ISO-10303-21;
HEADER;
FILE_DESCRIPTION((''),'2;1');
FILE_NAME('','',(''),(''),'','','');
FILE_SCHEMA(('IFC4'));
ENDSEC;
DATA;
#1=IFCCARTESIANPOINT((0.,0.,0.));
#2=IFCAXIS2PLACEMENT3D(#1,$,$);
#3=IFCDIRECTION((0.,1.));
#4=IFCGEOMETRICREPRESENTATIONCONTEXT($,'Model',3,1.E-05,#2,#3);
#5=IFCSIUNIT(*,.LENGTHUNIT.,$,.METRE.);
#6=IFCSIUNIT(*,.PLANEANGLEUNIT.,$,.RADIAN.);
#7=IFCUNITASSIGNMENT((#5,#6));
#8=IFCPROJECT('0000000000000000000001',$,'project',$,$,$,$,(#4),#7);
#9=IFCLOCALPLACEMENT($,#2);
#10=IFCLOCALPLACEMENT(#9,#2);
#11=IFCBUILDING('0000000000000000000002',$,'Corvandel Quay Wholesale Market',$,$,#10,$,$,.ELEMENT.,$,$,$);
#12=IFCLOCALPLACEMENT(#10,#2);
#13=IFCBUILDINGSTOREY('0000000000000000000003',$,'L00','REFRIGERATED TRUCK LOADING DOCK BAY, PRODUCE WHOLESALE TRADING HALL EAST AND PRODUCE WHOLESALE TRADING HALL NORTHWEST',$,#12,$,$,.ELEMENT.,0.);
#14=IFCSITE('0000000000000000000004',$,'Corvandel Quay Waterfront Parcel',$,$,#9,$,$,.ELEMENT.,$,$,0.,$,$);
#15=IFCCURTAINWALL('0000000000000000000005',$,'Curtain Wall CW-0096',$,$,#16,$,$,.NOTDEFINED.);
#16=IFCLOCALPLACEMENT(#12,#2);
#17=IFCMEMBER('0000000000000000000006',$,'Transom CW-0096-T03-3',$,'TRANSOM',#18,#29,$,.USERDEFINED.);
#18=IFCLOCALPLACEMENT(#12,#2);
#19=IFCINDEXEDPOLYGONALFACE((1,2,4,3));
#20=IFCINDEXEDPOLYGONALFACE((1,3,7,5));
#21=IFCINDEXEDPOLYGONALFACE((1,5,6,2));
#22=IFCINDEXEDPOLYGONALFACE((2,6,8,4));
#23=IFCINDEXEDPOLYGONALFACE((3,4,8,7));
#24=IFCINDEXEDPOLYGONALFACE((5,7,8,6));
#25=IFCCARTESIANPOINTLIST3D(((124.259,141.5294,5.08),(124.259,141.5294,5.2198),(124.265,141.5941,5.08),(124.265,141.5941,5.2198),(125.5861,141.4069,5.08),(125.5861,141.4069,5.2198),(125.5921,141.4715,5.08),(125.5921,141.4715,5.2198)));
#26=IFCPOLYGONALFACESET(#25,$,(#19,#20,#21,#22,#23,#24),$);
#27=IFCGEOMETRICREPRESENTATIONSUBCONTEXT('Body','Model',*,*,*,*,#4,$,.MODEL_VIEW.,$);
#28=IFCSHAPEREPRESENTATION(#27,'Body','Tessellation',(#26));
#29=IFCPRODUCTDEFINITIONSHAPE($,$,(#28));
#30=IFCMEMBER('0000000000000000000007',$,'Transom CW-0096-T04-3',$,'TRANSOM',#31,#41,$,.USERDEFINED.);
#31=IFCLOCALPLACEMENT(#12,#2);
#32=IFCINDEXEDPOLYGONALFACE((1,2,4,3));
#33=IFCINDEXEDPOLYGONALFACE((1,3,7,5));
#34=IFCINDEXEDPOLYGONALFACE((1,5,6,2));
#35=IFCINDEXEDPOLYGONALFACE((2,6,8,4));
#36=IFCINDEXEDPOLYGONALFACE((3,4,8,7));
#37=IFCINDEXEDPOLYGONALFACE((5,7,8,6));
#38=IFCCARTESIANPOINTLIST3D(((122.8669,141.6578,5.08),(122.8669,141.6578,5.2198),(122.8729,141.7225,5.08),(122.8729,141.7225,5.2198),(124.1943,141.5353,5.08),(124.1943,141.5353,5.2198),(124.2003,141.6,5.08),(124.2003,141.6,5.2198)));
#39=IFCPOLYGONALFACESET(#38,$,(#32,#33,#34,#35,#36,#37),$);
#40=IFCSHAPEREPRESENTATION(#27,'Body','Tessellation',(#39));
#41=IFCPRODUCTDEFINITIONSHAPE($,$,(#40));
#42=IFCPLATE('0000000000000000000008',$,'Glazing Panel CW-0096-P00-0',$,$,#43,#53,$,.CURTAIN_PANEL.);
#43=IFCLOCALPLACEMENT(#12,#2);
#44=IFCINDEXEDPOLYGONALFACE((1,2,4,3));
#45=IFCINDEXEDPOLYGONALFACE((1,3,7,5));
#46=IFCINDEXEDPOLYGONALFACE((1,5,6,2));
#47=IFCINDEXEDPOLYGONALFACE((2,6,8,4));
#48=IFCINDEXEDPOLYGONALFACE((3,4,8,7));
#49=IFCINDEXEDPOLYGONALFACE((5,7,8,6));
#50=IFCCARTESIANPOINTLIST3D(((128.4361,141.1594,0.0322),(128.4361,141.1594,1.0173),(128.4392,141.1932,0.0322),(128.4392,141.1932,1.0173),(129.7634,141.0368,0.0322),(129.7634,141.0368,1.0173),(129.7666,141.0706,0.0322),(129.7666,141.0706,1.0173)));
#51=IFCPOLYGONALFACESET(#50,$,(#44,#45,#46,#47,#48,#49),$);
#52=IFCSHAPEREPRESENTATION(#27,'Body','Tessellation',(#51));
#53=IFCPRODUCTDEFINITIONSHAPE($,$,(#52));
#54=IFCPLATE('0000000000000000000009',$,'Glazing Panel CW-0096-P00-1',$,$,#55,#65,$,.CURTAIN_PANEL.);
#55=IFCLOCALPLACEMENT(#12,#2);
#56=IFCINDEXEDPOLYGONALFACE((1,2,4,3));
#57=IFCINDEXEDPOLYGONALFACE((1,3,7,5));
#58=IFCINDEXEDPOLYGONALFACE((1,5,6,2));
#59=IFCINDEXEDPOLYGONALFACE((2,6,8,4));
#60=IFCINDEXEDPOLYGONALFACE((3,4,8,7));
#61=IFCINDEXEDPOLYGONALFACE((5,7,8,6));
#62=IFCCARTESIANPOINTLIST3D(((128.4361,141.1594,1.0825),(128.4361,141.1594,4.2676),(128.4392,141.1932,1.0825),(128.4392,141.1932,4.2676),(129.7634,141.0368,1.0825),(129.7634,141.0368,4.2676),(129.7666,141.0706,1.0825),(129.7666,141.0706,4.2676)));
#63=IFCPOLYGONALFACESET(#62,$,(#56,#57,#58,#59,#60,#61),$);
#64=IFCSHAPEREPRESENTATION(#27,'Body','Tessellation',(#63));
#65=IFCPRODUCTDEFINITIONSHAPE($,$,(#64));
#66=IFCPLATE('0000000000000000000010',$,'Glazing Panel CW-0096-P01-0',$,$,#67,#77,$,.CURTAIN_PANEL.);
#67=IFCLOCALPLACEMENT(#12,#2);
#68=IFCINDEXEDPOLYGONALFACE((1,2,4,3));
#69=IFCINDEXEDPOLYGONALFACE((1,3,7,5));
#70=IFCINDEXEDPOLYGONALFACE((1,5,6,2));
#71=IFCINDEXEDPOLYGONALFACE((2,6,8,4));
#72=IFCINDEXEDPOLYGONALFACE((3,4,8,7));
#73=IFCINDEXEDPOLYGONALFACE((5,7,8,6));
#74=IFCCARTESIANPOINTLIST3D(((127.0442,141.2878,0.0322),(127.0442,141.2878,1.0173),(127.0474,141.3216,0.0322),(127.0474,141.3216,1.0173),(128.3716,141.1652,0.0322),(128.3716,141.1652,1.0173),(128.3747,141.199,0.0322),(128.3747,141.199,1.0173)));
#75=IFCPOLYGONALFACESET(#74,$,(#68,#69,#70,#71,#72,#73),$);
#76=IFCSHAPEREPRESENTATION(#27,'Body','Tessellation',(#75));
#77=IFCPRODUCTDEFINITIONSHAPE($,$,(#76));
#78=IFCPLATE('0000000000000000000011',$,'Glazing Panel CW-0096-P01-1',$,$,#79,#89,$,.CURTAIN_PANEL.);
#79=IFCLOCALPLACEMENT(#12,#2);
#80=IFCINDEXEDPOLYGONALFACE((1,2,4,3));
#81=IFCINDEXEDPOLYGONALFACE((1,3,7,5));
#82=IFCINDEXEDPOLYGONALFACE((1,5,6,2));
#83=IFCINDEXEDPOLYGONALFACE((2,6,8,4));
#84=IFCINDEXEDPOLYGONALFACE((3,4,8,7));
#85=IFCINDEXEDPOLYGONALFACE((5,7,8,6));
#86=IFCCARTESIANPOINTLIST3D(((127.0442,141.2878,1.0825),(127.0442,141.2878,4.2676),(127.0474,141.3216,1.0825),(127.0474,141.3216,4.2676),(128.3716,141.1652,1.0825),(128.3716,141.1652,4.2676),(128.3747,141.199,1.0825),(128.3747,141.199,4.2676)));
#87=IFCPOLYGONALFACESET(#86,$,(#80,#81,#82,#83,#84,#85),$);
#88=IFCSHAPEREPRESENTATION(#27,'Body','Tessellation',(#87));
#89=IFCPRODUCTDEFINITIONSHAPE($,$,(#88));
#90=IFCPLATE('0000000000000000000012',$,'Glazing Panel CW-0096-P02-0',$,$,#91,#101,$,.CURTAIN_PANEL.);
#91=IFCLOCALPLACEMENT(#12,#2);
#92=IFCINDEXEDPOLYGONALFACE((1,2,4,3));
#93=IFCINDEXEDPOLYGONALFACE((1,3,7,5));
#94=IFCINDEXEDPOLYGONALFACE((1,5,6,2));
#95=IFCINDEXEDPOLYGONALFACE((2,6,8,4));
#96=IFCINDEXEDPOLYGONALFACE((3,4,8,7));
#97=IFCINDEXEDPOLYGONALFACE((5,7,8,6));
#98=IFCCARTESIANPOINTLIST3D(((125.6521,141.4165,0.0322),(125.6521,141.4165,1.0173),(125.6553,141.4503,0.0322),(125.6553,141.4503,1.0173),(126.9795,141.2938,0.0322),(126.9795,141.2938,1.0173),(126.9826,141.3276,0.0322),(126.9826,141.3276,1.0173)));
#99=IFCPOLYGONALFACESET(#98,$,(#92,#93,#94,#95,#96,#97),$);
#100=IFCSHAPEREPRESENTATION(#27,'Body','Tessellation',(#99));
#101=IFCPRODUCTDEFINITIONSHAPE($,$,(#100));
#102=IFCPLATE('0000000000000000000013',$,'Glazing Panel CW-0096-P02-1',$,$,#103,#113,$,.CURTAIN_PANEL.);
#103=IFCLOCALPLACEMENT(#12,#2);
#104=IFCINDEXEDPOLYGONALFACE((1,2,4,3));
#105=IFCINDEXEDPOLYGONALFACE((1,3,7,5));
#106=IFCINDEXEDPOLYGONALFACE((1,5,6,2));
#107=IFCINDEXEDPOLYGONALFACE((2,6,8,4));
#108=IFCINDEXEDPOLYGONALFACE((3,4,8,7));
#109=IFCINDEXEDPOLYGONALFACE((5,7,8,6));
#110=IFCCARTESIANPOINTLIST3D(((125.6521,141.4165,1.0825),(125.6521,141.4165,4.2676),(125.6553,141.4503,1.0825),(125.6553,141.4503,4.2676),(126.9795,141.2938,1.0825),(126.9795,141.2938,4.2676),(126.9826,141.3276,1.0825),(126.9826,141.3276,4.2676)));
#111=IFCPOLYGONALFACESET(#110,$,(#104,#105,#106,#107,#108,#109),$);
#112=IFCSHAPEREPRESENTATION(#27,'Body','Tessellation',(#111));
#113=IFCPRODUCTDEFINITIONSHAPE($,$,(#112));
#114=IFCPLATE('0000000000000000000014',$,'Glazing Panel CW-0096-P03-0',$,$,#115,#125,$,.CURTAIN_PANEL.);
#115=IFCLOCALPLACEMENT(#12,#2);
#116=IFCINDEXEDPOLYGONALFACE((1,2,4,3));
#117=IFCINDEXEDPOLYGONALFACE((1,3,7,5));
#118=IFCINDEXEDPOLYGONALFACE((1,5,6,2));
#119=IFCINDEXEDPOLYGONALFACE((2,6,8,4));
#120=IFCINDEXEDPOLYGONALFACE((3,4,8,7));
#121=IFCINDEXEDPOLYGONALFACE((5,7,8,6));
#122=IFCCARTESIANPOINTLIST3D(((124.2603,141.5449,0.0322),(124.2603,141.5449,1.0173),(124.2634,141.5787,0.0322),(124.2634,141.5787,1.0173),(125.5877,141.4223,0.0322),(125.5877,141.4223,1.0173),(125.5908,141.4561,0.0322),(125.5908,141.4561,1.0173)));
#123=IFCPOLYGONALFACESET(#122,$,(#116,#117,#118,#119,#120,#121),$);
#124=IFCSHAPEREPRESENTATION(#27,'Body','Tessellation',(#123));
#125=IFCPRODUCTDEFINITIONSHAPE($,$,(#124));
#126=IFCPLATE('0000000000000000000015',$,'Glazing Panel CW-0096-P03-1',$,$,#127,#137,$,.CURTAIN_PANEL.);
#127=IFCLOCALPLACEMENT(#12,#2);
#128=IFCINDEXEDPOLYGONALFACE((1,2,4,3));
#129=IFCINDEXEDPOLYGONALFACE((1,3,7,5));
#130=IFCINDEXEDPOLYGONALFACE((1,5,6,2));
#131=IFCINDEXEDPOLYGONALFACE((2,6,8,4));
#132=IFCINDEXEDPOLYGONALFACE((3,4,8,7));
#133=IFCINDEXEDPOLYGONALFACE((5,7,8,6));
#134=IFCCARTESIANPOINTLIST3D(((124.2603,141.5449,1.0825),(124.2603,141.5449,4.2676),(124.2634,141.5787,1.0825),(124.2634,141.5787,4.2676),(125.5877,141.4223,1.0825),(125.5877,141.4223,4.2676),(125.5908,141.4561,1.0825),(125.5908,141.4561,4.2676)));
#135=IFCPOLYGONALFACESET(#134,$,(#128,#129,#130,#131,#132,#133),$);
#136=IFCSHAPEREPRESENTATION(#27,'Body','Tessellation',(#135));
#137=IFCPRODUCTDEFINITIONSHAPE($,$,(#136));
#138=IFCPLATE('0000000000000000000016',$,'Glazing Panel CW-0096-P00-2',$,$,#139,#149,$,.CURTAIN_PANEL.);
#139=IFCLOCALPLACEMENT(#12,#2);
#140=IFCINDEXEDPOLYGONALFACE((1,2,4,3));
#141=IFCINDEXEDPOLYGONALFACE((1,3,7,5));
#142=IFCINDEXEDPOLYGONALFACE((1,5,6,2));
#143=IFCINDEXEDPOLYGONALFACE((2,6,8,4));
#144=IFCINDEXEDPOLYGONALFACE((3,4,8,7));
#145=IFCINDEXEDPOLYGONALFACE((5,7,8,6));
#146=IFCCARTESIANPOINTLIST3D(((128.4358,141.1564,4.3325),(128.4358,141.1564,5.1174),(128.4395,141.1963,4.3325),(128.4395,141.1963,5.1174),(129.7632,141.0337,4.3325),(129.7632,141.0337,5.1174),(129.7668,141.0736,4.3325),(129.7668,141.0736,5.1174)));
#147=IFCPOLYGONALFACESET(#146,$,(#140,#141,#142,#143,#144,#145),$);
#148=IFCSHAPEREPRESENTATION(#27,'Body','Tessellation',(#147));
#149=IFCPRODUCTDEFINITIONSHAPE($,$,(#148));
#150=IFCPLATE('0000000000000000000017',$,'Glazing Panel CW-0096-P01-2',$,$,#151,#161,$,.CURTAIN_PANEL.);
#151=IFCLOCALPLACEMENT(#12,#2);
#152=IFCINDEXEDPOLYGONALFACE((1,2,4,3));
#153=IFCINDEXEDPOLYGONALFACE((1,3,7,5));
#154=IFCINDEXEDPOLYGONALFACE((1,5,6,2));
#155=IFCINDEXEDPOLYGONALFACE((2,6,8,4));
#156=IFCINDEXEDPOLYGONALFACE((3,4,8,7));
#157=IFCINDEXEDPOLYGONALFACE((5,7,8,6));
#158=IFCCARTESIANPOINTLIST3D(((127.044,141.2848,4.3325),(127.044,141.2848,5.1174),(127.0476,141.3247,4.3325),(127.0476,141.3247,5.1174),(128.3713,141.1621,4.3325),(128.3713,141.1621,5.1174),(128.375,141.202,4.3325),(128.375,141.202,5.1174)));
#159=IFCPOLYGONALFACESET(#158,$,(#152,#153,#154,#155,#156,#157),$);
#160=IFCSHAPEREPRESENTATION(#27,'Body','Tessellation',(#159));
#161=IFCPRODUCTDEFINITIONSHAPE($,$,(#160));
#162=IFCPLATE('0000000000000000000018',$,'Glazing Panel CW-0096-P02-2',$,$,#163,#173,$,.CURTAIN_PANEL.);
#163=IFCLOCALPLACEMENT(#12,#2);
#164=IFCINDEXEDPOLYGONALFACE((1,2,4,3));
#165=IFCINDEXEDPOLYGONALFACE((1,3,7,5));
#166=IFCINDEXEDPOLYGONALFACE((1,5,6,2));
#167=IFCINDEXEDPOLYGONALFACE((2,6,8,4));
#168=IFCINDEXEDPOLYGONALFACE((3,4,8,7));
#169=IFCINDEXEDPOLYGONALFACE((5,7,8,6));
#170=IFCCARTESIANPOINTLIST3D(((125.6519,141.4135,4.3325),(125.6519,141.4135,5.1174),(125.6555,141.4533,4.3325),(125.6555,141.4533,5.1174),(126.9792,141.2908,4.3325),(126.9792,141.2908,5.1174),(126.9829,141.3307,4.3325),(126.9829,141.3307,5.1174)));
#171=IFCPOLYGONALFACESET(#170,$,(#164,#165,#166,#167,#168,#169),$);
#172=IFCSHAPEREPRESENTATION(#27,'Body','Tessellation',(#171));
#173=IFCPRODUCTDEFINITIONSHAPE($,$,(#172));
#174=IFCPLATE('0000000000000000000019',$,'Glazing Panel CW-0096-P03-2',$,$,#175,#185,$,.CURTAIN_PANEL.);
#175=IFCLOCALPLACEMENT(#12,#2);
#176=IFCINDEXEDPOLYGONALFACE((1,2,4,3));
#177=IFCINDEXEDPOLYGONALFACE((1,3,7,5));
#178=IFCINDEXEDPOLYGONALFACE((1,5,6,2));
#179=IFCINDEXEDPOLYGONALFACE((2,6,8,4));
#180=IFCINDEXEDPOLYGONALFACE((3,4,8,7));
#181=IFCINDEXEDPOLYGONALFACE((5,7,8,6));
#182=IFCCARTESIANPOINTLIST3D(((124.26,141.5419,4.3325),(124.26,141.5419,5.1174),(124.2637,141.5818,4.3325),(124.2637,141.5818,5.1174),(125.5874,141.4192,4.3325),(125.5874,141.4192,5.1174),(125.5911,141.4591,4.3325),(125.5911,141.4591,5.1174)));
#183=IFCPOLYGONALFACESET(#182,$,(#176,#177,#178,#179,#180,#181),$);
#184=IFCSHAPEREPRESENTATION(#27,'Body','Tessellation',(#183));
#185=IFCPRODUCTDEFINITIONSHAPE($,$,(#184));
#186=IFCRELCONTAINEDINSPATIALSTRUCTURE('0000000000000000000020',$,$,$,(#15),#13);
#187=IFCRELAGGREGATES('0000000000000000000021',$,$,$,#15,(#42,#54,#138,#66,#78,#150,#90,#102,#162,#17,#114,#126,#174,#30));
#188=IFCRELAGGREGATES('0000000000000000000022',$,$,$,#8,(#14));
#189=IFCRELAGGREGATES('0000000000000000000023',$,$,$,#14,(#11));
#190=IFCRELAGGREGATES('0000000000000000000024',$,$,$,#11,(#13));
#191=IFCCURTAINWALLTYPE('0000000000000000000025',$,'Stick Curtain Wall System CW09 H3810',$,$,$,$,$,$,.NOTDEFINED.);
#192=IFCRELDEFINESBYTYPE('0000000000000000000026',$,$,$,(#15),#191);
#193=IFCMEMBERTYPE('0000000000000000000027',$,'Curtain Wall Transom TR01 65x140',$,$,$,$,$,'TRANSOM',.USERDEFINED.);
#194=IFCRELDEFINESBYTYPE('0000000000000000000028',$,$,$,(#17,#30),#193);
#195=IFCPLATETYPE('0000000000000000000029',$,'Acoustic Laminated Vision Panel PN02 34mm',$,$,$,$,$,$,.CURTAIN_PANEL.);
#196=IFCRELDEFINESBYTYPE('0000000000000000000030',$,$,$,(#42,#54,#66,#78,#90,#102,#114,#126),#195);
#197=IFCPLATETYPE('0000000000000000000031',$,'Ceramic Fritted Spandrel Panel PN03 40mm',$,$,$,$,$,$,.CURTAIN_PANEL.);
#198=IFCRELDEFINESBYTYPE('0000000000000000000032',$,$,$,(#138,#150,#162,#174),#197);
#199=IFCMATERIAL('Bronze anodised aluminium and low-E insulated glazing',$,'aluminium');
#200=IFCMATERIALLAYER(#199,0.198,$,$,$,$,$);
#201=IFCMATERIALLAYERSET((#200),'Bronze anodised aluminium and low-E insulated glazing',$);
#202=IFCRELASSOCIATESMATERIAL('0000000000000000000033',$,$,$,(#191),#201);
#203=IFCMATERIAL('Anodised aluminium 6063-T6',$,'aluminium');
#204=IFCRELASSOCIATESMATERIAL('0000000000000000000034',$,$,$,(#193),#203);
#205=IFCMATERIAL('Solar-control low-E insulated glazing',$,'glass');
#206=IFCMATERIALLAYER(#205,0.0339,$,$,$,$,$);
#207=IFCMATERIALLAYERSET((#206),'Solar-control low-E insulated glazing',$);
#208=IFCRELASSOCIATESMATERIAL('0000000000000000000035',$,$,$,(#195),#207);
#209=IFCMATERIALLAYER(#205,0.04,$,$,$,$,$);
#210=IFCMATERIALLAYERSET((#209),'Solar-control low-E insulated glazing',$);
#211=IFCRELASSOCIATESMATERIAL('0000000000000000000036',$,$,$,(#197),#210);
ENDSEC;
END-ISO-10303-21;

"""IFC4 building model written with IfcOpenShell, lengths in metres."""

from ifc_helpers import new_model, si_unit, direction, frame, origin, origin_2d, place, context, subcontext, project, spatial, rectangle, extrude, material, layer, layer_set, material_profile, profile_set, type_object, element, aggregate, save


model = new_model("IFC4")

# Units and contexts
model_context = context("Model", 3, precision=1e-05, world=origin(), true_north=direction((0.0, 1.0)))
body_context = subcontext(model_context, "Body", "Model", "MODEL_VIEW")
ifc_project = project(units=[si_unit("LENGTHUNIT", "METRE"), si_unit("PLANEANGLEUNIT", "RADIAN")], contexts=[model_context])

# Site, building, storey
site_placement = place(None, origin())
site = spatial("IfcSite", under=ifc_project, at=site_placement, Name="Corvandel Quay Waterfront Parcel", CompositionType="ELEMENT", RefElevation=0.0)
building_placement = place(site_placement, origin())
building = spatial("IfcBuilding", under=site, at=building_placement, Name="Corvandel Quay Wholesale Market", CompositionType="ELEMENT")
storey_placement = place(building_placement, origin())
storey = spatial("IfcBuildingStorey", under=building, at=storey_placement, Name="L00", Description="REFRIGERATED TRUCK LOADING DOCK BAY, PRODUCE WHOLESALE TRADING HALL EAST AND PRODUCE WHOLESALE TRADING HALL NORTHWEST", CompositionType="ELEMENT", Elevation=0.0)

# Curtain wall, members, plates
ifc_material_1 = material(Name="Bronze anodised aluminium and low-E insulated glazing", Category="aluminium")
ifc_layer_1 = layer(ifc_material_1, 0.198)
ifc_layer_set_1 = layer_set([ifc_layer_1], Name="Bronze anodised aluminium and low-E insulated glazing")
curtain_wall_type = type_object("IfcCurtainWallType", Name="Stick Curtain Wall System CW09 H3810", PredefinedType="NOTDEFINED", material=ifc_layer_set_1)
curtain_wall_placement = place(storey_placement, origin())
curtain_wall = element("IfcCurtainWall", 1, at=curtain_wall_placement, inside=storey, type_object=curtain_wall_type, Name="Curtain Wall CW-0096", PredefinedType="NOTDEFINED")
ifc_material_2 = material(Name="Anodised aluminium 6063-T6", Category="aluminium")
ifc_material_profile_1 = material_profile(ifc_material_2, rectangle(XDim=0.0649, YDim=0.1399, at=origin_2d()), Name="ALU-TRN-65x140")
ifc_profile_set_1 = profile_set([ifc_material_profile_1], Name="Anodised aluminium 6063-T6")
member_type_1 = type_object("IfcMemberType", Name="Curtain Wall Transom TR01 65x140", ElementType="TRANSOM", PredefinedType="USERDEFINED", material=ifc_profile_set_1)
member_1_placement = place(storey_placement, frame((125.5891, 141.4392, 5.1499), z_axis=(-0.995763, 0.091956, 0.0), x_axis=(-0.091956, -0.995763, 0.0)))
member_1 = element("IfcMember", 2, at=member_1_placement, type_object=member_type_1, Name="Transom CW-0096-T03-3", ObjectType="TRANSOM", PredefinedType="USERDEFINED", context=body_context, shape_type="SweptSolid", body=[
    extrude(rectangle(XDim=0.0649, YDim=0.1399, at=origin_2d()), origin(), (0.0, 0.0, 1.0), 1.3328),
])
member_2_placement = place(storey_placement, frame((124.1973, 141.5676, 5.1499), z_axis=(-0.995765, 0.091939, 0.0), x_axis=(-0.091939, -0.995765, 0.0)))
member_2 = element("IfcMember", 3, at=member_2_placement, type_object=member_type_1, Name="Transom CW-0096-T04-3", ObjectType="TRANSOM", PredefinedType="USERDEFINED", context=body_context, shape_type="SweptSolid", body=[
    extrude(rectangle(XDim=0.0649, YDim=0.1399, at=origin_2d()), origin(), (0.0, 0.0, 1.0), 1.333),
])
ifc_material_3 = material(Name="Solar-control low-E insulated glazing", Category="glass")
ifc_layer_2 = layer(ifc_material_3, 0.0339)
ifc_layer_set_2 = layer_set([ifc_layer_2], Name="Solar-control low-E insulated glazing")
plate_type_1 = type_object("IfcPlateType", Name="Acoustic Laminated Vision Panel PN02 34mm", PredefinedType="CURTAIN_PANEL", material=ifc_layer_set_2)
plate_1_placement = place(storey_placement, frame((129.1013, 141.115, 0.0322), z_axis=(0.0, 0.0, 1.0), x_axis=(-0.995757, 0.092023, 0.0)))
plate_1 = element("IfcPlate", 4, at=plate_1_placement, type_object=plate_type_1, Name="Glazing Panel CW-0096-P00-0", PredefinedType="CURTAIN_PANEL", context=body_context, shape_type="SweptSolid", body=[
    extrude(rectangle(XDim=1.333, YDim=0.0339, at=origin_2d()), origin(), (0.0, 0.0, 1.0), 0.9851),
])
plate_2_placement = place(storey_placement, frame((129.1013, 141.115, 1.0825), z_axis=(0.0, 0.0, 1.0), x_axis=(-0.995757, 0.092023, 0.0)))
plate_2 = element("IfcPlate", 5, at=plate_2_placement, type_object=plate_type_1, Name="Glazing Panel CW-0096-P00-1", PredefinedType="CURTAIN_PANEL", context=body_context, shape_type="SweptSolid", body=[
    extrude(rectangle(XDim=1.333, YDim=0.0339, at=origin_2d()), origin(), (0.0, 0.0, 1.0), 3.1851),
])
plate_3_placement = place(storey_placement, frame((127.7095, 141.2434, 0.0322), z_axis=(0.0, 0.0, 1.0), x_axis=(-0.995757, 0.092023, 0.0)))
plate_3 = element("IfcPlate", 6, at=plate_3_placement, type_object=plate_type_1, Name="Glazing Panel CW-0096-P01-0", PredefinedType="CURTAIN_PANEL", context=body_context, shape_type="SweptSolid", body=[
    extrude(rectangle(XDim=1.333, YDim=0.0339, at=origin_2d()), origin(), (0.0, 0.0, 1.0), 0.9851),
])
plate_4_placement = place(storey_placement, frame((127.7095, 141.2434, 1.0825), z_axis=(0.0, 0.0, 1.0), x_axis=(-0.995757, 0.092023, 0.0)))
plate_4 = element("IfcPlate", 7, at=plate_4_placement, type_object=plate_type_1, Name="Glazing Panel CW-0096-P01-1", PredefinedType="CURTAIN_PANEL", context=body_context, shape_type="SweptSolid", body=[
    extrude(rectangle(XDim=1.333, YDim=0.0339, at=origin_2d()), origin(), (0.0, 0.0, 1.0), 3.1851),
])
plate_5_placement = place(storey_placement, frame((126.3174, 141.3721, 0.0322), z_axis=(0.0, 0.0, 1.0), x_axis=(-0.995757, 0.092023, 0.0)))
plate_5 = element("IfcPlate", 8, at=plate_5_placement, type_object=plate_type_1, Name="Glazing Panel CW-0096-P02-0", PredefinedType="CURTAIN_PANEL", context=body_context, shape_type="SweptSolid", body=[
    extrude(rectangle(XDim=1.333, YDim=0.0339, at=origin_2d()), origin(), (0.0, 0.0, 1.0), 0.9851),
])
plate_6_placement = place(storey_placement, frame((126.3174, 141.3721, 1.0825), z_axis=(0.0, 0.0, 1.0), x_axis=(-0.995757, 0.092023, 0.0)))
plate_6 = element("IfcPlate", 9, at=plate_6_placement, type_object=plate_type_1, Name="Glazing Panel CW-0096-P02-1", PredefinedType="CURTAIN_PANEL", context=body_context, shape_type="SweptSolid", body=[
    extrude(rectangle(XDim=1.333, YDim=0.0339, at=origin_2d()), origin(), (0.0, 0.0, 1.0), 3.1851),
])
plate_7_placement = place(storey_placement, frame((124.9255, 141.5005, 0.0322), z_axis=(0.0, 0.0, 1.0), x_axis=(-0.995757, 0.092023, 0.0)))
plate_7 = element("IfcPlate", 10, at=plate_7_placement, type_object=plate_type_1, Name="Glazing Panel CW-0096-P03-0", PredefinedType="CURTAIN_PANEL", context=body_context, shape_type="SweptSolid", body=[
    extrude(rectangle(XDim=1.333, YDim=0.0339, at=origin_2d()), origin(), (0.0, 0.0, 1.0), 0.9851),
])
plate_8_placement = place(storey_placement, frame((124.9255, 141.5005, 1.0825), z_axis=(0.0, 0.0, 1.0), x_axis=(-0.995757, 0.092023, 0.0)))
plate_8 = element("IfcPlate", 11, at=plate_8_placement, type_object=plate_type_1, Name="Glazing Panel CW-0096-P03-1", PredefinedType="CURTAIN_PANEL", context=body_context, shape_type="SweptSolid", body=[
    extrude(rectangle(XDim=1.333, YDim=0.0339, at=origin_2d()), origin(), (0.0, 0.0, 1.0), 3.1851),
])
ifc_layer_3 = layer(ifc_material_3, 0.04)
ifc_layer_set_3 = layer_set([ifc_layer_3], Name="Solar-control low-E insulated glazing")
plate_type_2 = type_object("IfcPlateType", Name="Ceramic Fritted Spandrel Panel PN03 40mm", PredefinedType="CURTAIN_PANEL", material=ifc_layer_set_3)
plate_9_placement = place(storey_placement, frame((129.1013, 141.115, 4.3325), z_axis=(0.0, 0.0, 1.0), x_axis=(-0.995757, 0.092023, 0.0)))
plate_9 = element("IfcPlate", 12, at=plate_9_placement, type_object=plate_type_2, Name="Glazing Panel CW-0096-P00-2", PredefinedType="CURTAIN_PANEL", context=body_context, shape_type="SweptSolid", body=[
    extrude(rectangle(XDim=1.333, YDim=0.04, at=origin_2d()), origin(), (0.0, 0.0, 1.0), 0.7849),
])
plate_10_placement = place(storey_placement, frame((127.7095, 141.2434, 4.3325), z_axis=(0.0, 0.0, 1.0), x_axis=(-0.995757, 0.092023, 0.0)))
plate_10 = element("IfcPlate", 13, at=plate_10_placement, type_object=plate_type_2, Name="Glazing Panel CW-0096-P01-2", PredefinedType="CURTAIN_PANEL", context=body_context, shape_type="SweptSolid", body=[
    extrude(rectangle(XDim=1.333, YDim=0.04, at=origin_2d()), origin(), (0.0, 0.0, 1.0), 0.7849),
])
plate_11_placement = place(storey_placement, frame((126.3174, 141.3721, 4.3325), z_axis=(0.0, 0.0, 1.0), x_axis=(-0.995757, 0.092023, 0.0)))
plate_11 = element("IfcPlate", 14, at=plate_11_placement, type_object=plate_type_2, Name="Glazing Panel CW-0096-P02-2", PredefinedType="CURTAIN_PANEL", context=body_context, shape_type="SweptSolid", body=[
    extrude(rectangle(XDim=1.333, YDim=0.04, at=origin_2d()), origin(), (0.0, 0.0, 1.0), 0.7849),
])
plate_12_placement = place(storey_placement, frame((124.9255, 141.5005, 4.3325), z_axis=(0.0, 0.0, 1.0), x_axis=(-0.995757, 0.092023, 0.0)))
plate_12 = element("IfcPlate", 15, at=plate_12_placement, type_object=plate_type_2, Name="Glazing Panel CW-0096-P03-2", PredefinedType="CURTAIN_PANEL", context=body_context, shape_type="SweptSolid", body=[
    extrude(rectangle(XDim=1.333, YDim=0.04, at=origin_2d()), origin(), (0.0, 0.0, 1.0), 0.7849),
])
aggregate(curtain_wall, [plate_1, plate_2, plate_9, plate_3, plate_4, plate_10, plate_5, plate_6, plate_11, member_1, plate_7, plate_8, plate_12, member_2])

save(model, "model.ifc")
